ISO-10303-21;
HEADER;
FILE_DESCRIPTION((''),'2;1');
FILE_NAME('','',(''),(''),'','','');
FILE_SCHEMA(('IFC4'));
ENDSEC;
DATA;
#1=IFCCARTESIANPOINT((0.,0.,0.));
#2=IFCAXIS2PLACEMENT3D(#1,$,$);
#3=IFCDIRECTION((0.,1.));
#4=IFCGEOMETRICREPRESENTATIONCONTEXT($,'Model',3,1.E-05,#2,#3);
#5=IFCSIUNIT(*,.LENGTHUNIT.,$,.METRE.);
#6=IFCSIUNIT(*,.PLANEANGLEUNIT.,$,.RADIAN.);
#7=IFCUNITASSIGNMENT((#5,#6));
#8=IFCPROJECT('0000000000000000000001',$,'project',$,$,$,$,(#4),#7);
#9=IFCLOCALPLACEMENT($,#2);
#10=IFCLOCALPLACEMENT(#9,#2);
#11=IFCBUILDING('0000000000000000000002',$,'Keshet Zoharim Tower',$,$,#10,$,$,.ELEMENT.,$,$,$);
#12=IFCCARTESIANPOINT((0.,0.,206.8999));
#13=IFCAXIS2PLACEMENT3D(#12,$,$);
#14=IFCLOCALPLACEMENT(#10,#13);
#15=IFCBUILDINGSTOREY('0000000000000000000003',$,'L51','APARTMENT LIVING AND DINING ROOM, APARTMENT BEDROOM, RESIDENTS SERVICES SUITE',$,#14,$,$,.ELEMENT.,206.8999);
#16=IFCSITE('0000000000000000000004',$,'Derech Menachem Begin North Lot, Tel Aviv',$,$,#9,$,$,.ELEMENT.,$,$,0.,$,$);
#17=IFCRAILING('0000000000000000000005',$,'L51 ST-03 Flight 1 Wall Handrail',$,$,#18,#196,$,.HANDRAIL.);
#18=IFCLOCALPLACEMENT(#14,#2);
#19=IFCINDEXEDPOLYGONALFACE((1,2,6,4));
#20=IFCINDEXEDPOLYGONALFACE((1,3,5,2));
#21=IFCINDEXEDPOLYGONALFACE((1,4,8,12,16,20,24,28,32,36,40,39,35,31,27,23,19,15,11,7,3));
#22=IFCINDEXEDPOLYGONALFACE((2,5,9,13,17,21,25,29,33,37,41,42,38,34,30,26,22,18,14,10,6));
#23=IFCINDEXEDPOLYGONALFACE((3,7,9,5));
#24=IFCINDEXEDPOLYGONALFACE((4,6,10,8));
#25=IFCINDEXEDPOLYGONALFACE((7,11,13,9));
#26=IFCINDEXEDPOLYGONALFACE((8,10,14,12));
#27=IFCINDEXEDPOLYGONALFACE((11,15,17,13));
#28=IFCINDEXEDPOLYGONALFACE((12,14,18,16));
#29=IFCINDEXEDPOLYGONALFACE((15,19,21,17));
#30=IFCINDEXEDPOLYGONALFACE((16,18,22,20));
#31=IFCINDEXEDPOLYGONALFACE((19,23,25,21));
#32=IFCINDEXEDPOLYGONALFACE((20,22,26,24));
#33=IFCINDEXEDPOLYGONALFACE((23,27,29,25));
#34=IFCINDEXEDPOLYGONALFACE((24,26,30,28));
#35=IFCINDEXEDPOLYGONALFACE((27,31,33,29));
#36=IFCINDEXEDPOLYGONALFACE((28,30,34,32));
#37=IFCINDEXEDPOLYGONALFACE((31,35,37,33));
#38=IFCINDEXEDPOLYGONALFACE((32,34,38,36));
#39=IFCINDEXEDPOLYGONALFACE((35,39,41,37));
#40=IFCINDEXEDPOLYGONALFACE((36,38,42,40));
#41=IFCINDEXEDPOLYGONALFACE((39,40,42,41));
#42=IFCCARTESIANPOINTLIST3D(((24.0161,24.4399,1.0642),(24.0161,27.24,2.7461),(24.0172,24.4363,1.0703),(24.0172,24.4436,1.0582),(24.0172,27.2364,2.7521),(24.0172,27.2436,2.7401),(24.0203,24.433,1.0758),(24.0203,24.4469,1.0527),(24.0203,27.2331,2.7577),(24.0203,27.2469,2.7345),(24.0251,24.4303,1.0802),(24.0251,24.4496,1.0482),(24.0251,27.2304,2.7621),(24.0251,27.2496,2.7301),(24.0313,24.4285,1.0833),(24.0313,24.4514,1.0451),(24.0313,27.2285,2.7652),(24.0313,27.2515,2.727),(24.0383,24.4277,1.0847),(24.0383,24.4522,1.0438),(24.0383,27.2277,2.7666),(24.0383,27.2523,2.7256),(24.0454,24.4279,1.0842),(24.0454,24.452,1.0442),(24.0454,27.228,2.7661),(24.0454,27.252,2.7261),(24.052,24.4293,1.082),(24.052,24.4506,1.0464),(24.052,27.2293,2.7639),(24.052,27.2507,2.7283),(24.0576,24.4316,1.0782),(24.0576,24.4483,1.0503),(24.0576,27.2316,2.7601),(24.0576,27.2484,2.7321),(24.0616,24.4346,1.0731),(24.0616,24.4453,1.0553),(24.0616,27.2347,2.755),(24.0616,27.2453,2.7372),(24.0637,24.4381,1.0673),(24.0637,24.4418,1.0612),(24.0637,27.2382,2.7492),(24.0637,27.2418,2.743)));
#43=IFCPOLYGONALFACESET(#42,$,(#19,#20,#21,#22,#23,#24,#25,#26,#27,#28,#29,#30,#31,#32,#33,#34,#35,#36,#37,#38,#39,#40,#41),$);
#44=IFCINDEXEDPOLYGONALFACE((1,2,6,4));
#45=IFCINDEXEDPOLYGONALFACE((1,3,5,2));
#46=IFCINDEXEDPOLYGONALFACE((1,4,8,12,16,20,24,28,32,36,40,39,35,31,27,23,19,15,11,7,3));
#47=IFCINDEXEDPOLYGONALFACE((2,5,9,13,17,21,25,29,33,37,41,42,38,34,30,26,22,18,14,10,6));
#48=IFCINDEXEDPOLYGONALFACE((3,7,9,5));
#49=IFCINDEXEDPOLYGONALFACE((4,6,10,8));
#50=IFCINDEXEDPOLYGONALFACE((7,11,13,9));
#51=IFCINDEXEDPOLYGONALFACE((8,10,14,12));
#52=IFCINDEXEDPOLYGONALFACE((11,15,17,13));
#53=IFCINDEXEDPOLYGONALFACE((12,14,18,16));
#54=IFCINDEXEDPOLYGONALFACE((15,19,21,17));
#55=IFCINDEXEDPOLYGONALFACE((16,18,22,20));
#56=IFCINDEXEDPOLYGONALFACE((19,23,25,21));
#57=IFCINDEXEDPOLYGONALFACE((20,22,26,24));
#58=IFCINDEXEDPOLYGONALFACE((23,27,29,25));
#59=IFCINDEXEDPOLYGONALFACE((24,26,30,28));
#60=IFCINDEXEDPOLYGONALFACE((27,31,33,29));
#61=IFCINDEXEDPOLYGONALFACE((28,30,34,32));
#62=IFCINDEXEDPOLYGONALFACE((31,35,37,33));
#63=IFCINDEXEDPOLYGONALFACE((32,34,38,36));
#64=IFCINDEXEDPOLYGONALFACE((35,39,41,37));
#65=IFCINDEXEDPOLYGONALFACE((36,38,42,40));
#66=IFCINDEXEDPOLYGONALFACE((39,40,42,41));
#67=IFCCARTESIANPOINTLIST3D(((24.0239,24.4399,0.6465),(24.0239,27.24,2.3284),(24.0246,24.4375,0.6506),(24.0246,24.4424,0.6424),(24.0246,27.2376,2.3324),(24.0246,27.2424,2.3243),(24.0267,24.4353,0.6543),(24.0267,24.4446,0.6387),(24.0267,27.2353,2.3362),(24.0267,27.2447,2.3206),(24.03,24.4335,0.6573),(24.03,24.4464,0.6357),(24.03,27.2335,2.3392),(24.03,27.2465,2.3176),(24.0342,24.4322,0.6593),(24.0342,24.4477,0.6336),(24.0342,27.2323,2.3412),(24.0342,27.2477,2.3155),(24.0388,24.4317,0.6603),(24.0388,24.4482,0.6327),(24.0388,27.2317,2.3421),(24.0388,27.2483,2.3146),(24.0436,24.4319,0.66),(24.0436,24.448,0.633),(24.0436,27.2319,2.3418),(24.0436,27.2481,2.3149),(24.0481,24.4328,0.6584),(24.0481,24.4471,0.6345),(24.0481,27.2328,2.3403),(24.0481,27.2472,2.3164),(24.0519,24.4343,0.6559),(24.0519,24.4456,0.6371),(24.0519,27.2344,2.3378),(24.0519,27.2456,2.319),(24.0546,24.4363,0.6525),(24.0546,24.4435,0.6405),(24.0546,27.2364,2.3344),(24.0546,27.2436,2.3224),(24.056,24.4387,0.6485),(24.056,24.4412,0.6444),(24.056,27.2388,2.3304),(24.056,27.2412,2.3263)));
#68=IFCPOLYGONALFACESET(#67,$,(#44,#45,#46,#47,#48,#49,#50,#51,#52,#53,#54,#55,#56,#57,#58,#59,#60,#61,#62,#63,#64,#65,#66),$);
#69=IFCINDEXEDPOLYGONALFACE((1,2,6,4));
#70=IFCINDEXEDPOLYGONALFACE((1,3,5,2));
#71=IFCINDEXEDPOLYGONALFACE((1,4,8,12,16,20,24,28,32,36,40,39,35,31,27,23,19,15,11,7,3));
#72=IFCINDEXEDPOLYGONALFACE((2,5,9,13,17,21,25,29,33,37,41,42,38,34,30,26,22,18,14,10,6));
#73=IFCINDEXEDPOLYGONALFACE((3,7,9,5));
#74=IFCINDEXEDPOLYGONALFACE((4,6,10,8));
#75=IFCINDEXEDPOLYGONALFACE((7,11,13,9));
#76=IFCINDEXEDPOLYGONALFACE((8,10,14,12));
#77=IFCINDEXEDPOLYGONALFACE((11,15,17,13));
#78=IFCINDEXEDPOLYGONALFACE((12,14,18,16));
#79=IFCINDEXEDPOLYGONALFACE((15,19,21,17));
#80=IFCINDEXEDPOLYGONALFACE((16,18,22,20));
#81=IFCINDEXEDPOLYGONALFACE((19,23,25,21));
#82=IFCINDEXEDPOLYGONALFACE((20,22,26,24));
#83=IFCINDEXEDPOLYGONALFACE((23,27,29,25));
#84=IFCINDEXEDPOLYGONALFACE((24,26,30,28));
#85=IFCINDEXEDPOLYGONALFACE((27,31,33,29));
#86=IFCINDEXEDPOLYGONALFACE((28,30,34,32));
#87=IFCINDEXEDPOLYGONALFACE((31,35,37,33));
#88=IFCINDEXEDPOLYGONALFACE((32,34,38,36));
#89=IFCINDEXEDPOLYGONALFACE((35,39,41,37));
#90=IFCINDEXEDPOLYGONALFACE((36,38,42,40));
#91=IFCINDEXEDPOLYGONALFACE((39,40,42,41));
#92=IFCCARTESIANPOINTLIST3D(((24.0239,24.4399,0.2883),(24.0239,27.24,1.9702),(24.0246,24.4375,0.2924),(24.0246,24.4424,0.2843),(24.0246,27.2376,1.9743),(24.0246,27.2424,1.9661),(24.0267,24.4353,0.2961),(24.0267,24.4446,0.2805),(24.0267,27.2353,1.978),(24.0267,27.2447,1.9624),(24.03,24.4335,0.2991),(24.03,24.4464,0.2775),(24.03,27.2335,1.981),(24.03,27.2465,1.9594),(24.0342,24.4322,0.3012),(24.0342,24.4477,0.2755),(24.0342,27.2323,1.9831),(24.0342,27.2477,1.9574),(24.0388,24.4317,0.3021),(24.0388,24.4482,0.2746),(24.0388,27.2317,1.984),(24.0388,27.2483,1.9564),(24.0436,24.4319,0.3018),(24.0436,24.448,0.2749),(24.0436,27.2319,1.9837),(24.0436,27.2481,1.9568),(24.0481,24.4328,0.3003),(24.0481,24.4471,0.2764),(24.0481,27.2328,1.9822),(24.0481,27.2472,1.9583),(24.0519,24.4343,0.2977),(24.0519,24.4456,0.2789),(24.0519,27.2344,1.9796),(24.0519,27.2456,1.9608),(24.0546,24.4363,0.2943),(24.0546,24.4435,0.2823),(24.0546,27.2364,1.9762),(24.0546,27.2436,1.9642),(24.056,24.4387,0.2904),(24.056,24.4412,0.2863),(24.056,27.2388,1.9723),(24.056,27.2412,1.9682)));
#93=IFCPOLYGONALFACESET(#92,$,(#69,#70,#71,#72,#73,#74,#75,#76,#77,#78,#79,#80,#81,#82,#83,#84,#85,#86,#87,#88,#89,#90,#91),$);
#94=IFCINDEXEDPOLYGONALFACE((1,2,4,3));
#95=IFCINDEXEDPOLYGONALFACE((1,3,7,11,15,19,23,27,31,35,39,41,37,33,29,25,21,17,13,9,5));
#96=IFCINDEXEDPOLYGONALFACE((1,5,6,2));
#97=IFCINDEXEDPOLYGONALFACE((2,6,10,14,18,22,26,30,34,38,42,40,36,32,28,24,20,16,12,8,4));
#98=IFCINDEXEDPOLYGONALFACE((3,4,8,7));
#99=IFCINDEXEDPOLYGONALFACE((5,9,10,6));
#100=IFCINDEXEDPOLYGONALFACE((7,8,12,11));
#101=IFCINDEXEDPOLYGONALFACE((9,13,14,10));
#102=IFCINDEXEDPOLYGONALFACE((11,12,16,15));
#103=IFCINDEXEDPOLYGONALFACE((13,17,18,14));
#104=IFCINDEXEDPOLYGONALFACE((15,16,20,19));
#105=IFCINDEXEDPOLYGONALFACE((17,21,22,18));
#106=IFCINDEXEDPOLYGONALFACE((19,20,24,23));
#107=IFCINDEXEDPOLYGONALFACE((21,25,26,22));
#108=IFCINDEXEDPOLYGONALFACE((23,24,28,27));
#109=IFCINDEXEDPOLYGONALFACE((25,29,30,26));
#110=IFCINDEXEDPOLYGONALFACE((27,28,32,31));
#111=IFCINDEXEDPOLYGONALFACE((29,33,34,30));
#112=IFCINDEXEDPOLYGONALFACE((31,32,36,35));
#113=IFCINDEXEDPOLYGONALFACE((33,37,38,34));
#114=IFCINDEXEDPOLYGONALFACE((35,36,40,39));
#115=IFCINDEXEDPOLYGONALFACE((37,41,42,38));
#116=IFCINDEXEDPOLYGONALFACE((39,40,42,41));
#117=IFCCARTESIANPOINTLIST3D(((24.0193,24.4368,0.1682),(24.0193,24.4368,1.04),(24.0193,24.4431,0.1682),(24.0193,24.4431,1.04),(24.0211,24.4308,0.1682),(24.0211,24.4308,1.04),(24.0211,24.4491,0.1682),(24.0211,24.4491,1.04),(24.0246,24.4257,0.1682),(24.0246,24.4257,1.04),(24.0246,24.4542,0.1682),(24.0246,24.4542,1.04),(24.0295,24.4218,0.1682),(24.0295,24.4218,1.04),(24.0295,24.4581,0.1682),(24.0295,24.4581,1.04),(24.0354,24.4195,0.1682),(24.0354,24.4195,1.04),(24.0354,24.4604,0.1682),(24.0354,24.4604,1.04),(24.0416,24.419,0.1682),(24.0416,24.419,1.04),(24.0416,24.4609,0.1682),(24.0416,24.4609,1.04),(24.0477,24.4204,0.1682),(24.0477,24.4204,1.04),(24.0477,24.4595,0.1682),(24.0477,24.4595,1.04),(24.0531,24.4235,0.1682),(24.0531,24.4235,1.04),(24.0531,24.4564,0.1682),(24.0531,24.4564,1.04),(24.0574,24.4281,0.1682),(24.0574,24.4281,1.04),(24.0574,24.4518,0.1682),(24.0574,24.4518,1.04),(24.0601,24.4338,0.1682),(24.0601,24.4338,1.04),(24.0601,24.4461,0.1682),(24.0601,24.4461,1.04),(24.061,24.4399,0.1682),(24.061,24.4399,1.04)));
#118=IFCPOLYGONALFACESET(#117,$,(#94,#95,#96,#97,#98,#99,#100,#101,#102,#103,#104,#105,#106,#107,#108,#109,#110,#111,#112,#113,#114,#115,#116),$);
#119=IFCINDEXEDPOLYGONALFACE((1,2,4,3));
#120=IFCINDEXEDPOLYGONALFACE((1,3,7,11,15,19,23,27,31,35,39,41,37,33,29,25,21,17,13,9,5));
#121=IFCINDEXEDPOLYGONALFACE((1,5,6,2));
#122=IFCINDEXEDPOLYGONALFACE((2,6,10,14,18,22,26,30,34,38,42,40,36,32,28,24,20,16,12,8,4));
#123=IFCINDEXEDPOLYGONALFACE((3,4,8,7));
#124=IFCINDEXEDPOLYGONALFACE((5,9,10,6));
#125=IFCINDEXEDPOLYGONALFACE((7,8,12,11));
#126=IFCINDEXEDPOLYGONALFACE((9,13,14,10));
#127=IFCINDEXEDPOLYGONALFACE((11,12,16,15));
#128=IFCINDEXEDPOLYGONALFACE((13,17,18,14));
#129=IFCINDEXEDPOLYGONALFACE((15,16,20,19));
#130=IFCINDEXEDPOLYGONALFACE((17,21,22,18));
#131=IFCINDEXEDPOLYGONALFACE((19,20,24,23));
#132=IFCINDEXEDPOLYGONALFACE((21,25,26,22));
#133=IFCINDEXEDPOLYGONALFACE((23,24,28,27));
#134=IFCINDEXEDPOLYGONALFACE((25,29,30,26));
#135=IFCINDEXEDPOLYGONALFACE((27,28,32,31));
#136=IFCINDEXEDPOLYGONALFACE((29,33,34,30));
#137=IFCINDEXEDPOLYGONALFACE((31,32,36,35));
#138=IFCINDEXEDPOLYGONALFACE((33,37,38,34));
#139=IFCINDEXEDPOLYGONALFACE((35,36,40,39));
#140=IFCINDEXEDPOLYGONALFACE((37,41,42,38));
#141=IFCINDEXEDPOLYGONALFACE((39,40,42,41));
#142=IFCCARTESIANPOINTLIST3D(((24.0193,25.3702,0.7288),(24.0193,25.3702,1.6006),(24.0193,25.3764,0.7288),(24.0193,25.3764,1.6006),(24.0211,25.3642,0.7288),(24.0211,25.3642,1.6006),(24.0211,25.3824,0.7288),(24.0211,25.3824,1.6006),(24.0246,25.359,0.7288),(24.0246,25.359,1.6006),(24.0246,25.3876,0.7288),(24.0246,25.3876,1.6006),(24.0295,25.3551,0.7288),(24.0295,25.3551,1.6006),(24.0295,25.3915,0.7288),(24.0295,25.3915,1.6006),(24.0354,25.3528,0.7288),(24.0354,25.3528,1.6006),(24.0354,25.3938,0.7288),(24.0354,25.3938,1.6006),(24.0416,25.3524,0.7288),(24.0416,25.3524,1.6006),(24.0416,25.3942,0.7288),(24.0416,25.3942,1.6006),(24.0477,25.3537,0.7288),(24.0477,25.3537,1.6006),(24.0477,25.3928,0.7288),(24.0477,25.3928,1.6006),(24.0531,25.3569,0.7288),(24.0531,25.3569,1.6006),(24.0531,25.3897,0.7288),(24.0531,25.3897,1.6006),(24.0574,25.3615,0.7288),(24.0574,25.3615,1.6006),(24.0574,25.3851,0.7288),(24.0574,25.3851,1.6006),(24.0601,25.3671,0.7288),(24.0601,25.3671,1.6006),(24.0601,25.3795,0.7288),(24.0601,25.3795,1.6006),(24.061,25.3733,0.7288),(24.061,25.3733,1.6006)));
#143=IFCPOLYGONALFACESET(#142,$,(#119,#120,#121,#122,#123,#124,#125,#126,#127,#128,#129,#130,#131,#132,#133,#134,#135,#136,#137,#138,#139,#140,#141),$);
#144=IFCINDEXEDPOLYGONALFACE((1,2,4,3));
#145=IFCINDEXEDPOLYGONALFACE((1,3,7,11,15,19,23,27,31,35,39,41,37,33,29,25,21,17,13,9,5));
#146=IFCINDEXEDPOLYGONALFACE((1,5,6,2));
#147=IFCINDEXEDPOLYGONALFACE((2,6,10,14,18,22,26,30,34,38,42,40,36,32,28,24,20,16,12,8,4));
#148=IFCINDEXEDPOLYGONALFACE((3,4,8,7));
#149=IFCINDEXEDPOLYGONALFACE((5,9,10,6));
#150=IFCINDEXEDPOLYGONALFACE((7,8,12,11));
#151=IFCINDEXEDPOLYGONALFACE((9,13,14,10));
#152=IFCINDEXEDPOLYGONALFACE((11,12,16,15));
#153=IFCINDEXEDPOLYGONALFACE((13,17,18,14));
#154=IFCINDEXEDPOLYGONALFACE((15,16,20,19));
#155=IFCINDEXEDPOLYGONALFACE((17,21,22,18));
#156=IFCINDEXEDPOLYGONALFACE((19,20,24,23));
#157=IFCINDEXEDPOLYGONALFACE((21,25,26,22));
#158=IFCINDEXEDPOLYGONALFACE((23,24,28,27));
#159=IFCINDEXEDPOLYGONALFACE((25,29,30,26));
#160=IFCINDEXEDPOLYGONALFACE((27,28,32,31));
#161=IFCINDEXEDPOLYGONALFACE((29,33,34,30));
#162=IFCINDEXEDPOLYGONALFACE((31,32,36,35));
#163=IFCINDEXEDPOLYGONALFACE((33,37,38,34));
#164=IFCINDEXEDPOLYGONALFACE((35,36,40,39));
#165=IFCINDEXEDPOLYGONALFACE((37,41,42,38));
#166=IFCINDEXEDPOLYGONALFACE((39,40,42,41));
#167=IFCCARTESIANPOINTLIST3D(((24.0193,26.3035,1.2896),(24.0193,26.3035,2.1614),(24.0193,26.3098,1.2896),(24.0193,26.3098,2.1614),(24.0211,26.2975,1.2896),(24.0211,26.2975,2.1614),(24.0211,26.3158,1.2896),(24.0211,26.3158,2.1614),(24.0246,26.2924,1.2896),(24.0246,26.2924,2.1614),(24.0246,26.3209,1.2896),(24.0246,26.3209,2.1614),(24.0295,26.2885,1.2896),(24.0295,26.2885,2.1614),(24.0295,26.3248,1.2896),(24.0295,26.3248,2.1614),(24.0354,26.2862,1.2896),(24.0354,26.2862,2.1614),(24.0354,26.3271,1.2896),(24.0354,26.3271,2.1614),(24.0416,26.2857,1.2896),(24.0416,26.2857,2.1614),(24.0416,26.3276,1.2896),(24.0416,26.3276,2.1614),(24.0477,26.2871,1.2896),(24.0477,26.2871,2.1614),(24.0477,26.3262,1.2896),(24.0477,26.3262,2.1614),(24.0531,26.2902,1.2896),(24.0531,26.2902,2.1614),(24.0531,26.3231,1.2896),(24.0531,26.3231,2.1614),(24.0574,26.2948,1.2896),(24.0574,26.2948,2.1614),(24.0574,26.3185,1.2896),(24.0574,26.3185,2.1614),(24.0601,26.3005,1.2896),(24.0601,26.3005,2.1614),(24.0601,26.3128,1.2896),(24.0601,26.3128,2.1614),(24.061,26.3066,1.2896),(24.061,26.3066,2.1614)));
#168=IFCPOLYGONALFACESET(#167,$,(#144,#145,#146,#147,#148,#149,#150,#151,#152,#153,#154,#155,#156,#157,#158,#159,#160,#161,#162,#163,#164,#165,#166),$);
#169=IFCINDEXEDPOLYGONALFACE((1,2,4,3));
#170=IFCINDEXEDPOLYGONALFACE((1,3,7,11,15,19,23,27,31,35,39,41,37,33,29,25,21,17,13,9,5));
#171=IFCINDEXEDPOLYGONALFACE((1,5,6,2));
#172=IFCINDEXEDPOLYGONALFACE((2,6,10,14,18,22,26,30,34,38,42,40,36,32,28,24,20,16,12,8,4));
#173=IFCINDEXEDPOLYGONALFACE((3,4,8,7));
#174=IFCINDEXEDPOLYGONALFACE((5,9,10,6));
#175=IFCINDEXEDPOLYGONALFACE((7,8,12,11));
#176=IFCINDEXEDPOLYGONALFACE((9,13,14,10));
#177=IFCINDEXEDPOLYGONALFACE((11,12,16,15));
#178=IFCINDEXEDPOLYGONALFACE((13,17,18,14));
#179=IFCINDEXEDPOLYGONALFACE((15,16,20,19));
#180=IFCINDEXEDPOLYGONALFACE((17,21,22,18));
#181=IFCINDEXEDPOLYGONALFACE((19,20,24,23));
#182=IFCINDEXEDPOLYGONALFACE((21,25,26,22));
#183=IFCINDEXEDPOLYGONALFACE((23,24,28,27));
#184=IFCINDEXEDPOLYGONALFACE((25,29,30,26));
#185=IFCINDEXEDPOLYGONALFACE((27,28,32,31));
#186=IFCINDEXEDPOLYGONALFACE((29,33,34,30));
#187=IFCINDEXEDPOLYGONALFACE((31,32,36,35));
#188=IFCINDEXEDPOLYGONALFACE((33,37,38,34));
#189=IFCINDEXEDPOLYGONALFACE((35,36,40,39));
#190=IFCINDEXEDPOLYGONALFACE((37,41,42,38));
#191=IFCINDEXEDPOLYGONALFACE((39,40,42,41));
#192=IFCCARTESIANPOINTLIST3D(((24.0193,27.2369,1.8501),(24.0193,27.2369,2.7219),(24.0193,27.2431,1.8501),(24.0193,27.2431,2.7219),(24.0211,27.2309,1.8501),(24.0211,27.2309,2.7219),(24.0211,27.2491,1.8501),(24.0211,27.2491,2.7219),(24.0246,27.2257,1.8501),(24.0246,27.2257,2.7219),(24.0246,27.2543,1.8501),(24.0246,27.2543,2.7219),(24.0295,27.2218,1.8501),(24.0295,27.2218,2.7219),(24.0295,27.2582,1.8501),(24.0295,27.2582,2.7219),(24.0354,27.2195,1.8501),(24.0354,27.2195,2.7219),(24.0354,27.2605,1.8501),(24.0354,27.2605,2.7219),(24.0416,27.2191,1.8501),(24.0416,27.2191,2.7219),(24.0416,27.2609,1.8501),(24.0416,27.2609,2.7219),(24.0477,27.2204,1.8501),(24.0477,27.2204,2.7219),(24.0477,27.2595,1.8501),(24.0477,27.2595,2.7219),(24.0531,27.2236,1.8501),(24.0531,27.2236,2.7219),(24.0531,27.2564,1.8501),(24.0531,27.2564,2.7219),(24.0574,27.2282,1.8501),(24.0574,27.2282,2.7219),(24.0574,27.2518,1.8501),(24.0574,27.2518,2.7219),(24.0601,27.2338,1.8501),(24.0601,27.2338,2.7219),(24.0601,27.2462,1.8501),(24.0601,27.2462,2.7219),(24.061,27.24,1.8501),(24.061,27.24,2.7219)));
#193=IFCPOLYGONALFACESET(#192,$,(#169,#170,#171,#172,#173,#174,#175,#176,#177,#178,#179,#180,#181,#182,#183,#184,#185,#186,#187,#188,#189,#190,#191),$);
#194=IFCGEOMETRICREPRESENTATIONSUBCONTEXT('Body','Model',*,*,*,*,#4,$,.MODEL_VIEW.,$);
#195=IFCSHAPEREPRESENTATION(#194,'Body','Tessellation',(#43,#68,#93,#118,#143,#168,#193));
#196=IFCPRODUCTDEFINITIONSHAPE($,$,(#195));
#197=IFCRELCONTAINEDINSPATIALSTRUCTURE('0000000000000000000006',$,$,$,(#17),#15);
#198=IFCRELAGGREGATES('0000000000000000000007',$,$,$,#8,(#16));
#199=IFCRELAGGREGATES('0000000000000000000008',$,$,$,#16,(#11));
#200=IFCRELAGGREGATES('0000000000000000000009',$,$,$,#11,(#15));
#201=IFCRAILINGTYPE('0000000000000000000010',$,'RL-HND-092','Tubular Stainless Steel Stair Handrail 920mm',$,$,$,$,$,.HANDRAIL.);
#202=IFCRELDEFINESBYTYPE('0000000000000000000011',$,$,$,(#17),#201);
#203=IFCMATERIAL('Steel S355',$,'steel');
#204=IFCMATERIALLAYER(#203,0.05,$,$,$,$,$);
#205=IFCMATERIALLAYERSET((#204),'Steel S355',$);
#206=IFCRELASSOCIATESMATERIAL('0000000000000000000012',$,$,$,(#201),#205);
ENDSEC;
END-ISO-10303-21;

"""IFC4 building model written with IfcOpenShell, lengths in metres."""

from ifc_helpers import new_model, si_unit, direction, frame, origin, origin_2d, place, context, subcontext, project, spatial, circle, extrude, material, layer, layer_set, type_object, element, save


model = new_model("IFC4")

# Units and contexts
model_context = context("Model", 3, precision=1e-05, world=origin(), true_north=direction((0.0, 1.0)))
body_context = subcontext(model_context, "Body", "Model", "MODEL_VIEW")
ifc_project = project(units=[si_unit("LENGTHUNIT", "METRE"), si_unit("PLANEANGLEUNIT", "RADIAN")], contexts=[model_context])

# Site, building, storey
site_placement = place(None, origin())
site = spatial("IfcSite", under=ifc_project, at=site_placement, Name="Derech Menachem Begin North Lot, Tel Aviv", CompositionType="ELEMENT", RefElevation=0.0)
building_placement = place(site_placement, origin())
building = spatial("IfcBuilding", under=site, at=building_placement, Name="Keshet Zoharim Tower", CompositionType="ELEMENT")
storey_placement = place(building_placement, frame((0.0, 0.0, 206.8999)))
storey = spatial("IfcBuildingStorey", under=building, at=storey_placement, Name="L51", Description="APARTMENT LIVING AND DINING ROOM, APARTMENT BEDROOM, RESIDENTS SERVICES SUITE", CompositionType="ELEMENT", Elevation=206.8999)

# Railing
ifc_material_1 = material(Name="Steel S355", Category="steel")
ifc_layer_1 = layer(ifc_material_1, 0.05)
ifc_layer_set_1 = layer_set([ifc_layer_1], Name="Steel S355")
railing_type_1 = type_object("IfcRailingType", Name="RL-HND-092", Description="Tubular Stainless Steel Stair Handrail 920mm", PredefinedType="HANDRAIL", material=ifc_layer_set_1)
for number, where, name in (
    (1, (24.04, 24.4399, 0.1682), "L51 ST-03 Flight 1 Wall Handrail"),
):
    element("IfcRailing", number, at=place(storey_placement, frame(where)), inside=storey, type_object=railing_type_1, Name=name, PredefinedType="HANDRAIL", context=body_context, shape_type="SweptSolid", body=[
        extrude(circle(Radius=0.0239, at=origin_2d()), frame((0.0, 0.0, 0.896), z_axis=(0.0, 0.857242, 0.514913), x_axis=(-1.0, 0.0, 0.0)), (0.0, 0.0, 1.0), 3.2664),
        extrude(circle(Radius=0.0161, at=origin_2d()), frame((0.0, 0.0, 0.4783), z_axis=(0.0, 0.857242, 0.514913), x_axis=(-1.0, 0.0, 0.0)), (0.0, 0.0, 1.0), 3.2664),
        extrude(circle(Radius=0.0161, at=origin_2d()), frame((0.0, 0.0, 0.1201), z_axis=(0.0, 0.857242, 0.514913), x_axis=(-1.0, 0.0, 0.0)), (0.0, 0.0, 1.0), 3.2664),
        extrude(circle(Radius=0.021, at=origin_2d()), origin(), (0.0, 0.0, 1.0), 0.8718),
        extrude(circle(Radius=0.021, at=origin_2d()), frame((0.0, 0.9333, 0.5605)), (0.0, 0.0, 1.0), 0.8718),
        extrude(circle(Radius=0.021, at=origin_2d()), frame((0.0, 1.8667, 1.1213)), (0.0, 0.0, 1.0), 0.8718),
        extrude(circle(Radius=0.021, at=origin_2d()), frame((0.0, 2.8, 1.6819)), (0.0, 0.0, 1.0), 0.8718),
    ])

save(model, "model.ifc")
